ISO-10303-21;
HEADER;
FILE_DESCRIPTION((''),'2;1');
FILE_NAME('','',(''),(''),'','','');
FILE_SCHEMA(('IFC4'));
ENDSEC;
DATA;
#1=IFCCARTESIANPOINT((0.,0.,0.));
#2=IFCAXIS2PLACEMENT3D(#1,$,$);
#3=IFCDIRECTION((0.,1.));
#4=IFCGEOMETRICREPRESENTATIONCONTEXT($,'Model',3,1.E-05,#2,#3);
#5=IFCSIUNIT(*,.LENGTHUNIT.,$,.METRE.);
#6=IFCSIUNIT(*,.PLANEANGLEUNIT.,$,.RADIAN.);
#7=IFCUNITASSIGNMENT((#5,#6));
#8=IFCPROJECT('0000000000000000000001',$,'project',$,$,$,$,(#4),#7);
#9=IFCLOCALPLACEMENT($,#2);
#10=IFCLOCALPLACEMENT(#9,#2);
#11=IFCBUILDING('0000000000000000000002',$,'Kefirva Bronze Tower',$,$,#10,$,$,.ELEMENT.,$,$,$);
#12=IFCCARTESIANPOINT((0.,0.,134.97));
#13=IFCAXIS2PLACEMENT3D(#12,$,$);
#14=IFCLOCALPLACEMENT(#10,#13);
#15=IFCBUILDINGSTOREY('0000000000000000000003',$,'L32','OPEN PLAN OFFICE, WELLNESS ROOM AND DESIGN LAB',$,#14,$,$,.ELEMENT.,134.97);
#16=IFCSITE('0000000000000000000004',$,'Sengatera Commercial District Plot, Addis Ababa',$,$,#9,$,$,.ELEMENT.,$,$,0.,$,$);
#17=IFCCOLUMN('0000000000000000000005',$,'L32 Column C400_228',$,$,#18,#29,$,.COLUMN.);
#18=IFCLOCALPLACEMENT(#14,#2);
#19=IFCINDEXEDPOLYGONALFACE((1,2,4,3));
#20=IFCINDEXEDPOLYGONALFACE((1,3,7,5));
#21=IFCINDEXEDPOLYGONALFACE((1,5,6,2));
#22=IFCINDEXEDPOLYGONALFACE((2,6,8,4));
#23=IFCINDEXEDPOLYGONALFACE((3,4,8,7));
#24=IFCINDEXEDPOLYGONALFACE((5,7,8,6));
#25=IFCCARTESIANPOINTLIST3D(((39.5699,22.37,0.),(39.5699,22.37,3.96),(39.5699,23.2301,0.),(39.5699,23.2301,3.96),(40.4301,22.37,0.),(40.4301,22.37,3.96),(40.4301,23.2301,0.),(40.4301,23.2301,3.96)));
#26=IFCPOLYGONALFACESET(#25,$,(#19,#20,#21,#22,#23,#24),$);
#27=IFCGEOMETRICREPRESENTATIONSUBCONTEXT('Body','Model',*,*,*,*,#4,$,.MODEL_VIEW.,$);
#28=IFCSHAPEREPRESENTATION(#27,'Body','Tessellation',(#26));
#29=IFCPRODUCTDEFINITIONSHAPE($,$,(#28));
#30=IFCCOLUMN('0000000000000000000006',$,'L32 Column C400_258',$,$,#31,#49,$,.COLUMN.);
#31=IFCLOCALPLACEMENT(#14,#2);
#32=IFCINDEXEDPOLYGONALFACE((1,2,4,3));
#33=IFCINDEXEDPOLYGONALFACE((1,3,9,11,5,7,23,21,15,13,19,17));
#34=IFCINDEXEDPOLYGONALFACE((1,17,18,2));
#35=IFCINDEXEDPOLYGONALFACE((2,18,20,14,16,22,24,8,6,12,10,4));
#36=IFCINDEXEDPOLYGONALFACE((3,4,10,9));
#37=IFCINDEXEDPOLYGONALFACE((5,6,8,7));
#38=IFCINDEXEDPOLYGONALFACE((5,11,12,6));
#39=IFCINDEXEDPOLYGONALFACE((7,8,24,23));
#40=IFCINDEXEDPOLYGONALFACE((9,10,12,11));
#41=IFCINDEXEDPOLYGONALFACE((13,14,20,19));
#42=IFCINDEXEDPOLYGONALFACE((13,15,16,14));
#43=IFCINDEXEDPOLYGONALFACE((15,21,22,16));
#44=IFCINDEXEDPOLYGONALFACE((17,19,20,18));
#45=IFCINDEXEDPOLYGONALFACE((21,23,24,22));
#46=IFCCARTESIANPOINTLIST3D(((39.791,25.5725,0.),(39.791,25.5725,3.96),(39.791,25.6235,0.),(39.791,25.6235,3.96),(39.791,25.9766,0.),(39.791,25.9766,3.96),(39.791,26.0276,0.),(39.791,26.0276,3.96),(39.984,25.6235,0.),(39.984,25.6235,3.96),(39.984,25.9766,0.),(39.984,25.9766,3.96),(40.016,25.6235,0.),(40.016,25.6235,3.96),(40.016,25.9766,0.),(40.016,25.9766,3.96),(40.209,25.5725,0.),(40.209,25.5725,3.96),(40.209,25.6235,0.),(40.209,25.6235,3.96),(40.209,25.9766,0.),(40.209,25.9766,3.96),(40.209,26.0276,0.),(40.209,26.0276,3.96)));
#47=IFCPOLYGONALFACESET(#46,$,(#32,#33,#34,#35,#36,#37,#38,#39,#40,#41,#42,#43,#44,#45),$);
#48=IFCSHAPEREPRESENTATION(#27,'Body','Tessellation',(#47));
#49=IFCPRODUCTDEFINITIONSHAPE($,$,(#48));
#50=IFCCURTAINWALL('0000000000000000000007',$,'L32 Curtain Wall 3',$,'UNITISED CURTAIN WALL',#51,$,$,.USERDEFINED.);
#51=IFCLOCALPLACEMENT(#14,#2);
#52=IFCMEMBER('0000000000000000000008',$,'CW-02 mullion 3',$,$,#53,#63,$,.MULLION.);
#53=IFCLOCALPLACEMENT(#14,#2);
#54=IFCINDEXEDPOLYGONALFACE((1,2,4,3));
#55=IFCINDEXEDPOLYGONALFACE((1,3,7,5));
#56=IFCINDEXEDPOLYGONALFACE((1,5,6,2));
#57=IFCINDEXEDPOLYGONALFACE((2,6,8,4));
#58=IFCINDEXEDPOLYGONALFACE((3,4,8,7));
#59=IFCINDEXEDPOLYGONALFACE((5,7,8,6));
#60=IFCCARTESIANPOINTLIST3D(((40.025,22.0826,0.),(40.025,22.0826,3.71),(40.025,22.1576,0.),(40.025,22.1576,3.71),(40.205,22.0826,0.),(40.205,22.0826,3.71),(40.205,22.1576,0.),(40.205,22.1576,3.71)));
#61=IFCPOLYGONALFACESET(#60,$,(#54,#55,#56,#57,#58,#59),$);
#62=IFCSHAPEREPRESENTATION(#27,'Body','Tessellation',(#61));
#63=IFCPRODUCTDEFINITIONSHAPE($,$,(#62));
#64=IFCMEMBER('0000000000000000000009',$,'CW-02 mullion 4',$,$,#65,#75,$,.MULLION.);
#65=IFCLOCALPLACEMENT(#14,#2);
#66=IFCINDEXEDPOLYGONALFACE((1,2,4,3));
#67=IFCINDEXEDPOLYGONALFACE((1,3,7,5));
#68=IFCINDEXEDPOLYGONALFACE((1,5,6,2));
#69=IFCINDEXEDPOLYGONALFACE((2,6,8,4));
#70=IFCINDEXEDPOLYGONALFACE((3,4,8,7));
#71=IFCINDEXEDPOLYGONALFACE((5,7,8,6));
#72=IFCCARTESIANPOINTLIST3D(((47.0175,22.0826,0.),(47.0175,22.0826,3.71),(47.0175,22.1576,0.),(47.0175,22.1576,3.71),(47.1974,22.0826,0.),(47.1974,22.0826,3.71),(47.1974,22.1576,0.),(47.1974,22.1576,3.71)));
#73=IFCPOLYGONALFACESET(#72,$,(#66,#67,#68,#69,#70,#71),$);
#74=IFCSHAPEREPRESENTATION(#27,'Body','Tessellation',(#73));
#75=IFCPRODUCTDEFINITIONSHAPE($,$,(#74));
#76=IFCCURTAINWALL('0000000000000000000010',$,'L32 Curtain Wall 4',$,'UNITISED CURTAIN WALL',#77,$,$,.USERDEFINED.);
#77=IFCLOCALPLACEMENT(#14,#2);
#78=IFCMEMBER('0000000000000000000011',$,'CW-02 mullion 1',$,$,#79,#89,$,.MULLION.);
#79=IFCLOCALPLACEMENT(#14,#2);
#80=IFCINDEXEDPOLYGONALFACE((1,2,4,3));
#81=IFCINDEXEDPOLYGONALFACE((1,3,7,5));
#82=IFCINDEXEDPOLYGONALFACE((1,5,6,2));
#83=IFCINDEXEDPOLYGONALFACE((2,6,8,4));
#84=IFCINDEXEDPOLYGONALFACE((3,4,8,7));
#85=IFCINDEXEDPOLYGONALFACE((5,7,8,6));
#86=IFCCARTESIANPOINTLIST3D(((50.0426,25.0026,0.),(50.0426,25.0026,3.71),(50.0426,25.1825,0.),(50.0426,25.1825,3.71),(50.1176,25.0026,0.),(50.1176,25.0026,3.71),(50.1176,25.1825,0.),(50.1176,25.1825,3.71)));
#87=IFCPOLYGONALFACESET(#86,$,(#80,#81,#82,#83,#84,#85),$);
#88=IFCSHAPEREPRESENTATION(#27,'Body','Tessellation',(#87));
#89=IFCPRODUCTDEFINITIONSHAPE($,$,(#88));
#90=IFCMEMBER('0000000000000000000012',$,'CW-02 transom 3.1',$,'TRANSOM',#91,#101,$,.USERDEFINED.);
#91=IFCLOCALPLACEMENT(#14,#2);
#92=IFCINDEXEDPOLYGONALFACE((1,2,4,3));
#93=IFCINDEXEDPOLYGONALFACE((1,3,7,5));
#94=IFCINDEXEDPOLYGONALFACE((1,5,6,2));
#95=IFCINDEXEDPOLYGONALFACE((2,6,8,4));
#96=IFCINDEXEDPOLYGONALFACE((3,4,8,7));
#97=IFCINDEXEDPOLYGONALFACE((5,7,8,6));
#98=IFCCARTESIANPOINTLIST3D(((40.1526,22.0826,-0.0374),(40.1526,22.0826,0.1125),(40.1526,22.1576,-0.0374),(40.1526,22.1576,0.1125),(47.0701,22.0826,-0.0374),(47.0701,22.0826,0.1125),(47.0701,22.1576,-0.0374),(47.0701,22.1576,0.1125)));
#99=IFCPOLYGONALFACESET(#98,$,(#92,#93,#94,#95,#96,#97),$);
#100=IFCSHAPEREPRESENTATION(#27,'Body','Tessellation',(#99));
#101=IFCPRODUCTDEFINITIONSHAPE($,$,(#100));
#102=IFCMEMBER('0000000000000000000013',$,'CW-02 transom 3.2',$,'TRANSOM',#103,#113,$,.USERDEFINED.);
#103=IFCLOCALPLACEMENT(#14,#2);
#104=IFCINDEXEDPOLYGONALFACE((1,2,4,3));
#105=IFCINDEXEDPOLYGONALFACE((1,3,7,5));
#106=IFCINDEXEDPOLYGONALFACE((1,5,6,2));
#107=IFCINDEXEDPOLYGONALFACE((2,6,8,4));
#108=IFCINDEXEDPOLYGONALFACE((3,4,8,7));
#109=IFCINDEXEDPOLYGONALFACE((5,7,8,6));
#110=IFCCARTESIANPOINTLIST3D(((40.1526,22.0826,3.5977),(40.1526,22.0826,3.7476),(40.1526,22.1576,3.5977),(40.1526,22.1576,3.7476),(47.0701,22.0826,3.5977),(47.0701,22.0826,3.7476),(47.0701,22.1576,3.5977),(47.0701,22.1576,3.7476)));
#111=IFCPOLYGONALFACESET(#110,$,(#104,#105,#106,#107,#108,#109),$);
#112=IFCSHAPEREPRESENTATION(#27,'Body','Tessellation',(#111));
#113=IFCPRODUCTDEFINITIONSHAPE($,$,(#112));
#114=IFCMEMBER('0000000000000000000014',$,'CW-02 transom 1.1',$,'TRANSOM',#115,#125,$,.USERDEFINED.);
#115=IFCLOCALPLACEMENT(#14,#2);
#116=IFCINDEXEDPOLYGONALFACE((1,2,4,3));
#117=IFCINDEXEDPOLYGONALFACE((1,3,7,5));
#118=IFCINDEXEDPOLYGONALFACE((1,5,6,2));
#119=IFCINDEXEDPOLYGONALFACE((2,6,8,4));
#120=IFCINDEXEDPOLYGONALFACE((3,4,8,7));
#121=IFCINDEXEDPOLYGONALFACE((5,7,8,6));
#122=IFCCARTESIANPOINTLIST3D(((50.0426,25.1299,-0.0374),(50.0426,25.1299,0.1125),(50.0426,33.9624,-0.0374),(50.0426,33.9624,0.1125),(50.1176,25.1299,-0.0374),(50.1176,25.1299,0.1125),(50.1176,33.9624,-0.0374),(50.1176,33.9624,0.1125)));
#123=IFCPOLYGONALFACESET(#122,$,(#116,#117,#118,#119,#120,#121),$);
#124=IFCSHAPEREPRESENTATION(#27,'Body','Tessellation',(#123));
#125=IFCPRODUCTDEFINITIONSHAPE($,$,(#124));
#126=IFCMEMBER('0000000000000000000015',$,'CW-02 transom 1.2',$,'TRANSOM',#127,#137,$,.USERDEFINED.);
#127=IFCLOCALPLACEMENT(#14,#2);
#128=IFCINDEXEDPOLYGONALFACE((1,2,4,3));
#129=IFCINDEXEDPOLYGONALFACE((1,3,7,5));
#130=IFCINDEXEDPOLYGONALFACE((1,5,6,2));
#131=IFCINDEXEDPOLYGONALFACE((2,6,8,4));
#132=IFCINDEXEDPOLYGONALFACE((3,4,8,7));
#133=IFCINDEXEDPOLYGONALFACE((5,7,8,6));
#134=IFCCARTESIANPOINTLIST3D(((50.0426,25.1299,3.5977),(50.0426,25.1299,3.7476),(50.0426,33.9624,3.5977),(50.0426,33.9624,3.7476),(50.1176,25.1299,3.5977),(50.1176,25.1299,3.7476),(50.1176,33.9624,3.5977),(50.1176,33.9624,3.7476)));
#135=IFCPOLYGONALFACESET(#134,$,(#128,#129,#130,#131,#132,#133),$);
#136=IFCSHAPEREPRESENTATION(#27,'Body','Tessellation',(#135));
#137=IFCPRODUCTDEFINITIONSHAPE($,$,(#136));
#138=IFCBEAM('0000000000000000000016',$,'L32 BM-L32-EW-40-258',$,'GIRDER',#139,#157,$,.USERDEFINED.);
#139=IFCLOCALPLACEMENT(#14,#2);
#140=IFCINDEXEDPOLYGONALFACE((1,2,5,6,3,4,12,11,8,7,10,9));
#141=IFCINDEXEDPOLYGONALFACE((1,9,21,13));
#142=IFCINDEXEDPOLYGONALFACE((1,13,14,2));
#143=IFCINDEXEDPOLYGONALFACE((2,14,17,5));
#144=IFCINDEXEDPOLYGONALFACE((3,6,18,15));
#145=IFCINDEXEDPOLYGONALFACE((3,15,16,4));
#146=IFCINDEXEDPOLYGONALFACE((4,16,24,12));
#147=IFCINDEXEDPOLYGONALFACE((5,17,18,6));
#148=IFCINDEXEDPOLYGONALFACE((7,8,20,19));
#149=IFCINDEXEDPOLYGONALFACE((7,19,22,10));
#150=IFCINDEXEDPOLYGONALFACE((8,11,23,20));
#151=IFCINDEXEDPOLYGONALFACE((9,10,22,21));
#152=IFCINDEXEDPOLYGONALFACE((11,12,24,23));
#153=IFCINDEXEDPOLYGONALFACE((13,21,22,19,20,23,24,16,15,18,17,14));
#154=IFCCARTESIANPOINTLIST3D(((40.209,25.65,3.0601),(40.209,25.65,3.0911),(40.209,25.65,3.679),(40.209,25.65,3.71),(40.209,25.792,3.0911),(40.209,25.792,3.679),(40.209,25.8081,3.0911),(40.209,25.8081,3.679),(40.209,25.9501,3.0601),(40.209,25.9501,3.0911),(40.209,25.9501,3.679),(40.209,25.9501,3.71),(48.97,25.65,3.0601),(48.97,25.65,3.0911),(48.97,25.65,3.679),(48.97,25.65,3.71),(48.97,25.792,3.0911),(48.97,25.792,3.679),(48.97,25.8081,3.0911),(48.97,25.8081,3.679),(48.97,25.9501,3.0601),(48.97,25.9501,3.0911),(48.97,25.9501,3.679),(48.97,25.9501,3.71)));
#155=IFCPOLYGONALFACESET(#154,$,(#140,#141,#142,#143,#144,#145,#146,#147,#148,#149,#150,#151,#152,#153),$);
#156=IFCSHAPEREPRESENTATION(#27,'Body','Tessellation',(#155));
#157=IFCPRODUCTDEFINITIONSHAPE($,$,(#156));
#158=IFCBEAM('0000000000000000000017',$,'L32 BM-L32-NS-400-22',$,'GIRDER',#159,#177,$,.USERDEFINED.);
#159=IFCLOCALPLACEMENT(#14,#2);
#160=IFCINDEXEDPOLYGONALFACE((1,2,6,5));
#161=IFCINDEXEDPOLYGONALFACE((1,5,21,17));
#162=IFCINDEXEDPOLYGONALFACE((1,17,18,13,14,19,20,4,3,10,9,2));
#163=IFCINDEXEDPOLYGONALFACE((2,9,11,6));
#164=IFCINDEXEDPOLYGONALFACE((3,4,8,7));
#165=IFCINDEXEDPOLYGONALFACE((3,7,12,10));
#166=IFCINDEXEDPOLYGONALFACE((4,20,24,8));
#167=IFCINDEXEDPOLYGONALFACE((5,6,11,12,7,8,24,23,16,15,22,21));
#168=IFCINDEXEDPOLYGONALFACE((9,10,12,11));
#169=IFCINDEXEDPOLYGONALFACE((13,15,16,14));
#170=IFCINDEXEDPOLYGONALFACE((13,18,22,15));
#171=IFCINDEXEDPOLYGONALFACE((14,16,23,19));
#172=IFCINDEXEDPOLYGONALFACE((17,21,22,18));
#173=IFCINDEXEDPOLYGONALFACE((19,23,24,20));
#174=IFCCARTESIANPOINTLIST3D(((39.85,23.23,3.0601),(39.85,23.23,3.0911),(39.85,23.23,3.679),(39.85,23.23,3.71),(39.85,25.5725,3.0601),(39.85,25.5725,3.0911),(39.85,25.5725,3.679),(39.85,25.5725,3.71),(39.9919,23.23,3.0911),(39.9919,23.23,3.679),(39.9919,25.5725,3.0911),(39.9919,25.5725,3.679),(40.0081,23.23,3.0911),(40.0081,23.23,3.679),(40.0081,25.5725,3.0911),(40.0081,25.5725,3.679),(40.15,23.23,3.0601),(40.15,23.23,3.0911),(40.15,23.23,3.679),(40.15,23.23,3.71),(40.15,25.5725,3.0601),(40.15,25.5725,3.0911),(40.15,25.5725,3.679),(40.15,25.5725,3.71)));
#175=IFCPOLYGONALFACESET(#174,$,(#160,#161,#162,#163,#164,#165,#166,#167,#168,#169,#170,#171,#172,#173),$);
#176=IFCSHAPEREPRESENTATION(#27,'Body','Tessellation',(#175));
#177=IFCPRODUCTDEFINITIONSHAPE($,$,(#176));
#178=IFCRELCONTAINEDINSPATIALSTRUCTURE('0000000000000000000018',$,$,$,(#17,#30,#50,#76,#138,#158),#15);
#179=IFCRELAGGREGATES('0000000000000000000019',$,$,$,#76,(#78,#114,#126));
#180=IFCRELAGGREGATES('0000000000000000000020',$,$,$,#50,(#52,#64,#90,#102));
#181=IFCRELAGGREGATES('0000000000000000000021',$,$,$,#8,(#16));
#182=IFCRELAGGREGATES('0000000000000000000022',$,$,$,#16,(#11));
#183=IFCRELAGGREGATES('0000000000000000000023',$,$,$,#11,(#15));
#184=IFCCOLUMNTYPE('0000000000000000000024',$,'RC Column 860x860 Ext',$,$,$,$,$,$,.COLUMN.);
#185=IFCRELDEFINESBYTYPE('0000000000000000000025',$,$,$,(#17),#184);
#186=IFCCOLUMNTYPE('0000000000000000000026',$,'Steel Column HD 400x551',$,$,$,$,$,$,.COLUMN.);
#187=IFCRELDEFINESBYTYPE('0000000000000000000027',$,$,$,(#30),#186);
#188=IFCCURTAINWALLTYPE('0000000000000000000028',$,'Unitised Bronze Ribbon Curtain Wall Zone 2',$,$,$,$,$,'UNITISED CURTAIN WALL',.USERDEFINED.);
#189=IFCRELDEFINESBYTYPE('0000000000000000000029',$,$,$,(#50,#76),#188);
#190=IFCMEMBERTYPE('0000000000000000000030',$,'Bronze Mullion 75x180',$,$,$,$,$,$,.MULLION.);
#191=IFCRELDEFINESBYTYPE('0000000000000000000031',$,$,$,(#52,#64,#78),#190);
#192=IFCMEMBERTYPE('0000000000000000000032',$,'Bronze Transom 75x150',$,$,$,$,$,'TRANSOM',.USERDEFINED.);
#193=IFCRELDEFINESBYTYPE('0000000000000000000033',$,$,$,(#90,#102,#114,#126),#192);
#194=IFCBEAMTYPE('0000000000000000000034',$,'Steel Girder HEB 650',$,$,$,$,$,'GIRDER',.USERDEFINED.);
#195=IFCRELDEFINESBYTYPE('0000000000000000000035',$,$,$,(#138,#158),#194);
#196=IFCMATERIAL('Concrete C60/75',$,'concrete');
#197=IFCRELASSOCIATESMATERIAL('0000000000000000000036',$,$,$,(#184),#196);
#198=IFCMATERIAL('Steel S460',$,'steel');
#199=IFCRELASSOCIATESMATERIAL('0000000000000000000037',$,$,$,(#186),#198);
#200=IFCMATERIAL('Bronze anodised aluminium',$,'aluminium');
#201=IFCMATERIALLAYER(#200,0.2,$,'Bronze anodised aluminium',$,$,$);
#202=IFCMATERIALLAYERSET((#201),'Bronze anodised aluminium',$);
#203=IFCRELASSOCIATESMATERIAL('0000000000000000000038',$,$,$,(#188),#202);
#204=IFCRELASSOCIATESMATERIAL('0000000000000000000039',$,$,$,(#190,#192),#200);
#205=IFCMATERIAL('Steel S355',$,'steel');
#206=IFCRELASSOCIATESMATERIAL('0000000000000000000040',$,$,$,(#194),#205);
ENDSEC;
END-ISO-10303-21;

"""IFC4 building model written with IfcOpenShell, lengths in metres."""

from ifc_helpers import new_model, si_unit, direction, frame, origin, origin_2d, place, context, subcontext, project, spatial, rectangle, i_section, extrude, material, layer, layer_set, material_profile, profile_set, type_object, element, aggregate, save


model = new_model("IFC4")

# Units and contexts
model_context = context("Model", 3, precision=1e-05, world=origin(), true_north=direction((0.0, 1.0)))
body_context = subcontext(model_context, "Body", "Model", "MODEL_VIEW")
ifc_project = project(units=[si_unit("LENGTHUNIT", "METRE"), si_unit("PLANEANGLEUNIT", "RADIAN")], contexts=[model_context])

# Site, building, storey
site_placement = place(None, origin())
site = spatial("IfcSite", under=ifc_project, at=site_placement, Name="Sengatera Commercial District Plot, Addis Ababa", CompositionType="ELEMENT", RefElevation=0.0)
building_placement = place(site_placement, origin())
building = spatial("IfcBuilding", under=site, at=building_placement, Name="Kefirva Bronze Tower", CompositionType="ELEMENT")
storey_placement = place(building_placement, frame((0.0, 0.0, 134.97)))
storey = spatial("IfcBuildingStorey", under=building, at=storey_placement, Name="L32", Description="OPEN PLAN OFFICE, WELLNESS ROOM AND DESIGN LAB", CompositionType="ELEMENT", Elevation=134.97)

# Columns
ifc_material_1 = material(Name="Concrete C60/75", Category="concrete")
ifc_material_profile_1 = material_profile(ifc_material_1, rectangle(XDim=0.8601, YDim=0.8601, at=origin_2d()), Name="RC 860x860")
ifc_profile_set_1 = profile_set([ifc_material_profile_1], Name="Concrete C60/75")
column_type_1 = type_object("IfcColumnType", Name="RC Column 860x860 Ext", PredefinedType="COLUMN", material=ifc_profile_set_1)
column_1_placement = place(storey_placement, frame((40.0, 22.8, 0.0), z_axis=(0.0, 0.0, 1.0), x_axis=(1.0, 0.0, 0.0)))
element("IfcColumn", 1, at=column_1_placement, inside=storey, type_object=column_type_1, Name="L32 Column C400_228", PredefinedType="COLUMN", context=body_context, shape_type="SweptSolid", body=[
    extrude(rectangle(XDim=0.8601, YDim=0.8601, at=origin_2d()), origin(), (0.0, 0.0, 1.0), 3.96),
])
ifc_material_2 = material(Name="Steel S460", Category="steel")
ifc_material_profile_2 = material_profile(ifc_material_2, i_section(OverallWidth=0.418, OverallDepth=0.4551, WebThickness=0.032, FlangeThickness=0.051, at=origin_2d()), Name="HD 400x551")
ifc_profile_set_2 = profile_set([ifc_material_profile_2], Name="Steel S460")
column_type_2 = type_object("IfcColumnType", Name="Steel Column HD 400x551", PredefinedType="COLUMN", material=ifc_profile_set_2)
column_2_placement = place(storey_placement, frame((40.0, 25.8, 0.0), z_axis=(0.0, 0.0, 1.0), x_axis=(1.0, 0.0, 0.0)))
element("IfcColumn", 2, at=column_2_placement, inside=storey, type_object=column_type_2, Name="L32 Column C400_258", PredefinedType="COLUMN", context=body_context, shape_type="SweptSolid", body=[
    extrude(i_section(OverallWidth=0.418, OverallDepth=0.4551, WebThickness=0.032, FlangeThickness=0.051, at=origin_2d()), origin(), (0.0, 0.0, 1.0), 3.96),
])

# Curtain wall, members
ifc_material_3 = material(Name="Bronze anodised aluminium", Category="aluminium")
ifc_layer_1 = layer(ifc_material_3, 0.2, Name="Bronze anodised aluminium")
ifc_layer_set_1 = layer_set([ifc_layer_1], Name="Bronze anodised aluminium")
curtain_wall_type = type_object("IfcCurtainWallType", Name="Unitised Bronze Ribbon Curtain Wall Zone 2", ElementType="UNITISED CURTAIN WALL", PredefinedType="USERDEFINED", material=ifc_layer_set_1)
curtain_wall_1_placement = place(storey_placement, origin())
curtain_wall_1 = element("IfcCurtainWall", 3, at=curtain_wall_1_placement, inside=storey, type_object=curtain_wall_type, Name="L32 Curtain Wall 3", ObjectType="UNITISED CURTAIN WALL", PredefinedType="USERDEFINED")
ifc_material_profile_3 = material_profile(ifc_material_3, rectangle(XDim=0.075, YDim=0.1799, at=origin_2d()), Name="ALU 75x180")
ifc_profile_set_3 = profile_set([ifc_material_profile_3], Name="Bronze anodised aluminium")
member_type_1 = type_object("IfcMemberType", Name="Bronze Mullion 75x180", PredefinedType="MULLION", material=ifc_profile_set_3)
member_1_placement = place(storey_placement, frame((40.115, 22.1201, 0.0), z_axis=(0.0, 0.0, 1.0), x_axis=(0.0, 1.0, 0.0)))
member_1 = element("IfcMember", 4, at=member_1_placement, type_object=member_type_1, Name="CW-02 mullion 3", PredefinedType="MULLION", context=body_context, shape_type="SweptSolid", body=[
    extrude(rectangle(XDim=0.075, YDim=0.1799, at=origin_2d()), origin(), (0.0, 0.0, 1.0), 3.71),
])
member_2_placement = place(storey_placement, frame((47.1074, 22.1201, 0.0), z_axis=(0.0, 0.0, 1.0), x_axis=(0.0, 1.0, 0.0)))
member_2 = element("IfcMember", 5, at=member_2_placement, type_object=member_type_1, Name="CW-02 mullion 4", PredefinedType="MULLION", context=body_context, shape_type="SweptSolid", body=[
    extrude(rectangle(XDim=0.075, YDim=0.1799, at=origin_2d()), origin(), (0.0, 0.0, 1.0), 3.71),
])

# Curtain wall, member
curtain_wall_2_placement = place(storey_placement, origin())
curtain_wall_2 = element("IfcCurtainWall", 6, at=curtain_wall_2_placement, inside=storey, type_object=curtain_wall_type, Name="L32 Curtain Wall 4", ObjectType="UNITISED CURTAIN WALL", PredefinedType="USERDEFINED")
member_3_placement = place(storey_placement, frame((50.0801, 25.0925, 0.0), z_axis=(0.0, 0.0, 1.0), x_axis=(-1.0, 0.0, 0.0)))
member_3 = element("IfcMember", 7, at=member_3_placement, type_object=member_type_1, Name="CW-02 mullion 1", PredefinedType="MULLION", context=body_context, shape_type="SweptSolid", body=[
    extrude(rectangle(XDim=0.075, YDim=0.1799, at=origin_2d()), origin(), (0.0, 0.0, 1.0), 3.71),
])

# Members
ifc_material_profile_4 = material_profile(ifc_material_3, rectangle(XDim=0.075, YDim=0.1499, at=origin_2d()), Name="ALU 75x150")
ifc_profile_set_4 = profile_set([ifc_material_profile_4], Name="Bronze anodised aluminium")
member_type_2 = type_object("IfcMemberType", Name="Bronze Transom 75x150", ElementType="TRANSOM", PredefinedType="USERDEFINED", material=ifc_profile_set_4)
member_4_placement = place(storey_placement, frame((40.1526, 22.1201, 0.0376), z_axis=(1.0, 0.0, 0.0), x_axis=(0.0, 1.0, 0.0)))
member_4 = element("IfcMember", 8, at=member_4_placement, type_object=member_type_2, Name="CW-02 transom 3.1", ObjectType="TRANSOM", PredefinedType="USERDEFINED", context=body_context, shape_type="SweptSolid", body=[
    extrude(rectangle(XDim=0.075, YDim=0.1499, at=origin_2d()), origin(), (0.0, 0.0, 1.0), 6.9175),
])
member_5_placement = place(storey_placement, frame((40.1526, 22.1201, 3.6726), z_axis=(1.0, 0.0, 0.0), x_axis=(0.0, 1.0, 0.0)))
member_5 = element("IfcMember", 9, at=member_5_placement, type_object=member_type_2, Name="CW-02 transom 3.2", ObjectType="TRANSOM", PredefinedType="USERDEFINED", context=body_context, shape_type="SweptSolid", body=[
    extrude(rectangle(XDim=0.075, YDim=0.1499, at=origin_2d()), origin(), (0.0, 0.0, 1.0), 6.9175),
])
member_6_placement = place(storey_placement, frame((50.0801, 25.1299, 0.0376), z_axis=(0.0, 1.0, 0.0), x_axis=(-1.0, 0.0, 0.0)))
member_6 = element("IfcMember", 10, at=member_6_placement, type_object=member_type_2, Name="CW-02 transom 1.1", ObjectType="TRANSOM", PredefinedType="USERDEFINED", context=body_context, shape_type="SweptSolid", body=[
    extrude(rectangle(XDim=0.075, YDim=0.1499, at=origin_2d()), origin(), (0.0, 0.0, 1.0), 8.8325),
])
member_7_placement = place(storey_placement, frame((50.0801, 25.1299, 3.6726), z_axis=(0.0, 1.0, 0.0), x_axis=(-1.0, 0.0, 0.0)))
member_7 = element("IfcMember", 11, at=member_7_placement, type_object=member_type_2, Name="CW-02 transom 1.2", ObjectType="TRANSOM", PredefinedType="USERDEFINED", context=body_context, shape_type="SweptSolid", body=[
    extrude(rectangle(XDim=0.075, YDim=0.1499, at=origin_2d()), origin(), (0.0, 0.0, 1.0), 8.8325),
])
aggregate(curtain_wall_2, [member_3, member_6, member_7])

# Beams
ifc_material_4 = material(Name="Steel S355", Category="steel")
ifc_material_profile_5 = material_profile(ifc_material_4, i_section(OverallWidth=0.3, OverallDepth=0.6499, WebThickness=0.0161, FlangeThickness=0.031, at=origin_2d()), Name="HEB 650")
ifc_profile_set_5 = profile_set([ifc_material_profile_5], Name="Steel S355")
beam_type = type_object("IfcBeamType", Name="Steel Girder HEB 650", ElementType="GIRDER", PredefinedType="USERDEFINED", material=ifc_profile_set_5)
beam_1_placement = place(storey_placement, frame((40.209, 25.8, 3.385), z_axis=(1.0, 0.0, 0.0), x_axis=(0.0, 1.0, 0.0)))
element("IfcBeam", 12, at=beam_1_placement, inside=storey, type_object=beam_type, Name="L32 BM-L32-EW-40-258", ObjectType="GIRDER", PredefinedType="USERDEFINED", context=body_context, shape_type="SweptSolid", body=[
    extrude(i_section(OverallWidth=0.3, OverallDepth=0.6499, WebThickness=0.0161, FlangeThickness=0.031, at=origin_2d()), origin(), (0.0, 0.0, 1.0), 8.761),
])
beam_2_placement = place(storey_placement, frame((40.0, 23.23, 3.385), z_axis=(0.0, 1.0, 0.0), x_axis=(-1.0, 0.0, 0.0)))
element("IfcBeam", 13, at=beam_2_placement, inside=storey, type_object=beam_type, Name="L32 BM-L32-NS-400-22", ObjectType="GIRDER", PredefinedType="USERDEFINED", context=body_context, shape_type="SweptSolid", body=[
    extrude(i_section(OverallWidth=0.3, OverallDepth=0.6499, WebThickness=0.0161, FlangeThickness=0.031, at=origin_2d()), origin(), (0.0, 0.0, 1.0), 2.3425),
])

aggregate(curtain_wall_1, [member_1, member_2, member_4, member_5])

save(model, "model.ifc")
